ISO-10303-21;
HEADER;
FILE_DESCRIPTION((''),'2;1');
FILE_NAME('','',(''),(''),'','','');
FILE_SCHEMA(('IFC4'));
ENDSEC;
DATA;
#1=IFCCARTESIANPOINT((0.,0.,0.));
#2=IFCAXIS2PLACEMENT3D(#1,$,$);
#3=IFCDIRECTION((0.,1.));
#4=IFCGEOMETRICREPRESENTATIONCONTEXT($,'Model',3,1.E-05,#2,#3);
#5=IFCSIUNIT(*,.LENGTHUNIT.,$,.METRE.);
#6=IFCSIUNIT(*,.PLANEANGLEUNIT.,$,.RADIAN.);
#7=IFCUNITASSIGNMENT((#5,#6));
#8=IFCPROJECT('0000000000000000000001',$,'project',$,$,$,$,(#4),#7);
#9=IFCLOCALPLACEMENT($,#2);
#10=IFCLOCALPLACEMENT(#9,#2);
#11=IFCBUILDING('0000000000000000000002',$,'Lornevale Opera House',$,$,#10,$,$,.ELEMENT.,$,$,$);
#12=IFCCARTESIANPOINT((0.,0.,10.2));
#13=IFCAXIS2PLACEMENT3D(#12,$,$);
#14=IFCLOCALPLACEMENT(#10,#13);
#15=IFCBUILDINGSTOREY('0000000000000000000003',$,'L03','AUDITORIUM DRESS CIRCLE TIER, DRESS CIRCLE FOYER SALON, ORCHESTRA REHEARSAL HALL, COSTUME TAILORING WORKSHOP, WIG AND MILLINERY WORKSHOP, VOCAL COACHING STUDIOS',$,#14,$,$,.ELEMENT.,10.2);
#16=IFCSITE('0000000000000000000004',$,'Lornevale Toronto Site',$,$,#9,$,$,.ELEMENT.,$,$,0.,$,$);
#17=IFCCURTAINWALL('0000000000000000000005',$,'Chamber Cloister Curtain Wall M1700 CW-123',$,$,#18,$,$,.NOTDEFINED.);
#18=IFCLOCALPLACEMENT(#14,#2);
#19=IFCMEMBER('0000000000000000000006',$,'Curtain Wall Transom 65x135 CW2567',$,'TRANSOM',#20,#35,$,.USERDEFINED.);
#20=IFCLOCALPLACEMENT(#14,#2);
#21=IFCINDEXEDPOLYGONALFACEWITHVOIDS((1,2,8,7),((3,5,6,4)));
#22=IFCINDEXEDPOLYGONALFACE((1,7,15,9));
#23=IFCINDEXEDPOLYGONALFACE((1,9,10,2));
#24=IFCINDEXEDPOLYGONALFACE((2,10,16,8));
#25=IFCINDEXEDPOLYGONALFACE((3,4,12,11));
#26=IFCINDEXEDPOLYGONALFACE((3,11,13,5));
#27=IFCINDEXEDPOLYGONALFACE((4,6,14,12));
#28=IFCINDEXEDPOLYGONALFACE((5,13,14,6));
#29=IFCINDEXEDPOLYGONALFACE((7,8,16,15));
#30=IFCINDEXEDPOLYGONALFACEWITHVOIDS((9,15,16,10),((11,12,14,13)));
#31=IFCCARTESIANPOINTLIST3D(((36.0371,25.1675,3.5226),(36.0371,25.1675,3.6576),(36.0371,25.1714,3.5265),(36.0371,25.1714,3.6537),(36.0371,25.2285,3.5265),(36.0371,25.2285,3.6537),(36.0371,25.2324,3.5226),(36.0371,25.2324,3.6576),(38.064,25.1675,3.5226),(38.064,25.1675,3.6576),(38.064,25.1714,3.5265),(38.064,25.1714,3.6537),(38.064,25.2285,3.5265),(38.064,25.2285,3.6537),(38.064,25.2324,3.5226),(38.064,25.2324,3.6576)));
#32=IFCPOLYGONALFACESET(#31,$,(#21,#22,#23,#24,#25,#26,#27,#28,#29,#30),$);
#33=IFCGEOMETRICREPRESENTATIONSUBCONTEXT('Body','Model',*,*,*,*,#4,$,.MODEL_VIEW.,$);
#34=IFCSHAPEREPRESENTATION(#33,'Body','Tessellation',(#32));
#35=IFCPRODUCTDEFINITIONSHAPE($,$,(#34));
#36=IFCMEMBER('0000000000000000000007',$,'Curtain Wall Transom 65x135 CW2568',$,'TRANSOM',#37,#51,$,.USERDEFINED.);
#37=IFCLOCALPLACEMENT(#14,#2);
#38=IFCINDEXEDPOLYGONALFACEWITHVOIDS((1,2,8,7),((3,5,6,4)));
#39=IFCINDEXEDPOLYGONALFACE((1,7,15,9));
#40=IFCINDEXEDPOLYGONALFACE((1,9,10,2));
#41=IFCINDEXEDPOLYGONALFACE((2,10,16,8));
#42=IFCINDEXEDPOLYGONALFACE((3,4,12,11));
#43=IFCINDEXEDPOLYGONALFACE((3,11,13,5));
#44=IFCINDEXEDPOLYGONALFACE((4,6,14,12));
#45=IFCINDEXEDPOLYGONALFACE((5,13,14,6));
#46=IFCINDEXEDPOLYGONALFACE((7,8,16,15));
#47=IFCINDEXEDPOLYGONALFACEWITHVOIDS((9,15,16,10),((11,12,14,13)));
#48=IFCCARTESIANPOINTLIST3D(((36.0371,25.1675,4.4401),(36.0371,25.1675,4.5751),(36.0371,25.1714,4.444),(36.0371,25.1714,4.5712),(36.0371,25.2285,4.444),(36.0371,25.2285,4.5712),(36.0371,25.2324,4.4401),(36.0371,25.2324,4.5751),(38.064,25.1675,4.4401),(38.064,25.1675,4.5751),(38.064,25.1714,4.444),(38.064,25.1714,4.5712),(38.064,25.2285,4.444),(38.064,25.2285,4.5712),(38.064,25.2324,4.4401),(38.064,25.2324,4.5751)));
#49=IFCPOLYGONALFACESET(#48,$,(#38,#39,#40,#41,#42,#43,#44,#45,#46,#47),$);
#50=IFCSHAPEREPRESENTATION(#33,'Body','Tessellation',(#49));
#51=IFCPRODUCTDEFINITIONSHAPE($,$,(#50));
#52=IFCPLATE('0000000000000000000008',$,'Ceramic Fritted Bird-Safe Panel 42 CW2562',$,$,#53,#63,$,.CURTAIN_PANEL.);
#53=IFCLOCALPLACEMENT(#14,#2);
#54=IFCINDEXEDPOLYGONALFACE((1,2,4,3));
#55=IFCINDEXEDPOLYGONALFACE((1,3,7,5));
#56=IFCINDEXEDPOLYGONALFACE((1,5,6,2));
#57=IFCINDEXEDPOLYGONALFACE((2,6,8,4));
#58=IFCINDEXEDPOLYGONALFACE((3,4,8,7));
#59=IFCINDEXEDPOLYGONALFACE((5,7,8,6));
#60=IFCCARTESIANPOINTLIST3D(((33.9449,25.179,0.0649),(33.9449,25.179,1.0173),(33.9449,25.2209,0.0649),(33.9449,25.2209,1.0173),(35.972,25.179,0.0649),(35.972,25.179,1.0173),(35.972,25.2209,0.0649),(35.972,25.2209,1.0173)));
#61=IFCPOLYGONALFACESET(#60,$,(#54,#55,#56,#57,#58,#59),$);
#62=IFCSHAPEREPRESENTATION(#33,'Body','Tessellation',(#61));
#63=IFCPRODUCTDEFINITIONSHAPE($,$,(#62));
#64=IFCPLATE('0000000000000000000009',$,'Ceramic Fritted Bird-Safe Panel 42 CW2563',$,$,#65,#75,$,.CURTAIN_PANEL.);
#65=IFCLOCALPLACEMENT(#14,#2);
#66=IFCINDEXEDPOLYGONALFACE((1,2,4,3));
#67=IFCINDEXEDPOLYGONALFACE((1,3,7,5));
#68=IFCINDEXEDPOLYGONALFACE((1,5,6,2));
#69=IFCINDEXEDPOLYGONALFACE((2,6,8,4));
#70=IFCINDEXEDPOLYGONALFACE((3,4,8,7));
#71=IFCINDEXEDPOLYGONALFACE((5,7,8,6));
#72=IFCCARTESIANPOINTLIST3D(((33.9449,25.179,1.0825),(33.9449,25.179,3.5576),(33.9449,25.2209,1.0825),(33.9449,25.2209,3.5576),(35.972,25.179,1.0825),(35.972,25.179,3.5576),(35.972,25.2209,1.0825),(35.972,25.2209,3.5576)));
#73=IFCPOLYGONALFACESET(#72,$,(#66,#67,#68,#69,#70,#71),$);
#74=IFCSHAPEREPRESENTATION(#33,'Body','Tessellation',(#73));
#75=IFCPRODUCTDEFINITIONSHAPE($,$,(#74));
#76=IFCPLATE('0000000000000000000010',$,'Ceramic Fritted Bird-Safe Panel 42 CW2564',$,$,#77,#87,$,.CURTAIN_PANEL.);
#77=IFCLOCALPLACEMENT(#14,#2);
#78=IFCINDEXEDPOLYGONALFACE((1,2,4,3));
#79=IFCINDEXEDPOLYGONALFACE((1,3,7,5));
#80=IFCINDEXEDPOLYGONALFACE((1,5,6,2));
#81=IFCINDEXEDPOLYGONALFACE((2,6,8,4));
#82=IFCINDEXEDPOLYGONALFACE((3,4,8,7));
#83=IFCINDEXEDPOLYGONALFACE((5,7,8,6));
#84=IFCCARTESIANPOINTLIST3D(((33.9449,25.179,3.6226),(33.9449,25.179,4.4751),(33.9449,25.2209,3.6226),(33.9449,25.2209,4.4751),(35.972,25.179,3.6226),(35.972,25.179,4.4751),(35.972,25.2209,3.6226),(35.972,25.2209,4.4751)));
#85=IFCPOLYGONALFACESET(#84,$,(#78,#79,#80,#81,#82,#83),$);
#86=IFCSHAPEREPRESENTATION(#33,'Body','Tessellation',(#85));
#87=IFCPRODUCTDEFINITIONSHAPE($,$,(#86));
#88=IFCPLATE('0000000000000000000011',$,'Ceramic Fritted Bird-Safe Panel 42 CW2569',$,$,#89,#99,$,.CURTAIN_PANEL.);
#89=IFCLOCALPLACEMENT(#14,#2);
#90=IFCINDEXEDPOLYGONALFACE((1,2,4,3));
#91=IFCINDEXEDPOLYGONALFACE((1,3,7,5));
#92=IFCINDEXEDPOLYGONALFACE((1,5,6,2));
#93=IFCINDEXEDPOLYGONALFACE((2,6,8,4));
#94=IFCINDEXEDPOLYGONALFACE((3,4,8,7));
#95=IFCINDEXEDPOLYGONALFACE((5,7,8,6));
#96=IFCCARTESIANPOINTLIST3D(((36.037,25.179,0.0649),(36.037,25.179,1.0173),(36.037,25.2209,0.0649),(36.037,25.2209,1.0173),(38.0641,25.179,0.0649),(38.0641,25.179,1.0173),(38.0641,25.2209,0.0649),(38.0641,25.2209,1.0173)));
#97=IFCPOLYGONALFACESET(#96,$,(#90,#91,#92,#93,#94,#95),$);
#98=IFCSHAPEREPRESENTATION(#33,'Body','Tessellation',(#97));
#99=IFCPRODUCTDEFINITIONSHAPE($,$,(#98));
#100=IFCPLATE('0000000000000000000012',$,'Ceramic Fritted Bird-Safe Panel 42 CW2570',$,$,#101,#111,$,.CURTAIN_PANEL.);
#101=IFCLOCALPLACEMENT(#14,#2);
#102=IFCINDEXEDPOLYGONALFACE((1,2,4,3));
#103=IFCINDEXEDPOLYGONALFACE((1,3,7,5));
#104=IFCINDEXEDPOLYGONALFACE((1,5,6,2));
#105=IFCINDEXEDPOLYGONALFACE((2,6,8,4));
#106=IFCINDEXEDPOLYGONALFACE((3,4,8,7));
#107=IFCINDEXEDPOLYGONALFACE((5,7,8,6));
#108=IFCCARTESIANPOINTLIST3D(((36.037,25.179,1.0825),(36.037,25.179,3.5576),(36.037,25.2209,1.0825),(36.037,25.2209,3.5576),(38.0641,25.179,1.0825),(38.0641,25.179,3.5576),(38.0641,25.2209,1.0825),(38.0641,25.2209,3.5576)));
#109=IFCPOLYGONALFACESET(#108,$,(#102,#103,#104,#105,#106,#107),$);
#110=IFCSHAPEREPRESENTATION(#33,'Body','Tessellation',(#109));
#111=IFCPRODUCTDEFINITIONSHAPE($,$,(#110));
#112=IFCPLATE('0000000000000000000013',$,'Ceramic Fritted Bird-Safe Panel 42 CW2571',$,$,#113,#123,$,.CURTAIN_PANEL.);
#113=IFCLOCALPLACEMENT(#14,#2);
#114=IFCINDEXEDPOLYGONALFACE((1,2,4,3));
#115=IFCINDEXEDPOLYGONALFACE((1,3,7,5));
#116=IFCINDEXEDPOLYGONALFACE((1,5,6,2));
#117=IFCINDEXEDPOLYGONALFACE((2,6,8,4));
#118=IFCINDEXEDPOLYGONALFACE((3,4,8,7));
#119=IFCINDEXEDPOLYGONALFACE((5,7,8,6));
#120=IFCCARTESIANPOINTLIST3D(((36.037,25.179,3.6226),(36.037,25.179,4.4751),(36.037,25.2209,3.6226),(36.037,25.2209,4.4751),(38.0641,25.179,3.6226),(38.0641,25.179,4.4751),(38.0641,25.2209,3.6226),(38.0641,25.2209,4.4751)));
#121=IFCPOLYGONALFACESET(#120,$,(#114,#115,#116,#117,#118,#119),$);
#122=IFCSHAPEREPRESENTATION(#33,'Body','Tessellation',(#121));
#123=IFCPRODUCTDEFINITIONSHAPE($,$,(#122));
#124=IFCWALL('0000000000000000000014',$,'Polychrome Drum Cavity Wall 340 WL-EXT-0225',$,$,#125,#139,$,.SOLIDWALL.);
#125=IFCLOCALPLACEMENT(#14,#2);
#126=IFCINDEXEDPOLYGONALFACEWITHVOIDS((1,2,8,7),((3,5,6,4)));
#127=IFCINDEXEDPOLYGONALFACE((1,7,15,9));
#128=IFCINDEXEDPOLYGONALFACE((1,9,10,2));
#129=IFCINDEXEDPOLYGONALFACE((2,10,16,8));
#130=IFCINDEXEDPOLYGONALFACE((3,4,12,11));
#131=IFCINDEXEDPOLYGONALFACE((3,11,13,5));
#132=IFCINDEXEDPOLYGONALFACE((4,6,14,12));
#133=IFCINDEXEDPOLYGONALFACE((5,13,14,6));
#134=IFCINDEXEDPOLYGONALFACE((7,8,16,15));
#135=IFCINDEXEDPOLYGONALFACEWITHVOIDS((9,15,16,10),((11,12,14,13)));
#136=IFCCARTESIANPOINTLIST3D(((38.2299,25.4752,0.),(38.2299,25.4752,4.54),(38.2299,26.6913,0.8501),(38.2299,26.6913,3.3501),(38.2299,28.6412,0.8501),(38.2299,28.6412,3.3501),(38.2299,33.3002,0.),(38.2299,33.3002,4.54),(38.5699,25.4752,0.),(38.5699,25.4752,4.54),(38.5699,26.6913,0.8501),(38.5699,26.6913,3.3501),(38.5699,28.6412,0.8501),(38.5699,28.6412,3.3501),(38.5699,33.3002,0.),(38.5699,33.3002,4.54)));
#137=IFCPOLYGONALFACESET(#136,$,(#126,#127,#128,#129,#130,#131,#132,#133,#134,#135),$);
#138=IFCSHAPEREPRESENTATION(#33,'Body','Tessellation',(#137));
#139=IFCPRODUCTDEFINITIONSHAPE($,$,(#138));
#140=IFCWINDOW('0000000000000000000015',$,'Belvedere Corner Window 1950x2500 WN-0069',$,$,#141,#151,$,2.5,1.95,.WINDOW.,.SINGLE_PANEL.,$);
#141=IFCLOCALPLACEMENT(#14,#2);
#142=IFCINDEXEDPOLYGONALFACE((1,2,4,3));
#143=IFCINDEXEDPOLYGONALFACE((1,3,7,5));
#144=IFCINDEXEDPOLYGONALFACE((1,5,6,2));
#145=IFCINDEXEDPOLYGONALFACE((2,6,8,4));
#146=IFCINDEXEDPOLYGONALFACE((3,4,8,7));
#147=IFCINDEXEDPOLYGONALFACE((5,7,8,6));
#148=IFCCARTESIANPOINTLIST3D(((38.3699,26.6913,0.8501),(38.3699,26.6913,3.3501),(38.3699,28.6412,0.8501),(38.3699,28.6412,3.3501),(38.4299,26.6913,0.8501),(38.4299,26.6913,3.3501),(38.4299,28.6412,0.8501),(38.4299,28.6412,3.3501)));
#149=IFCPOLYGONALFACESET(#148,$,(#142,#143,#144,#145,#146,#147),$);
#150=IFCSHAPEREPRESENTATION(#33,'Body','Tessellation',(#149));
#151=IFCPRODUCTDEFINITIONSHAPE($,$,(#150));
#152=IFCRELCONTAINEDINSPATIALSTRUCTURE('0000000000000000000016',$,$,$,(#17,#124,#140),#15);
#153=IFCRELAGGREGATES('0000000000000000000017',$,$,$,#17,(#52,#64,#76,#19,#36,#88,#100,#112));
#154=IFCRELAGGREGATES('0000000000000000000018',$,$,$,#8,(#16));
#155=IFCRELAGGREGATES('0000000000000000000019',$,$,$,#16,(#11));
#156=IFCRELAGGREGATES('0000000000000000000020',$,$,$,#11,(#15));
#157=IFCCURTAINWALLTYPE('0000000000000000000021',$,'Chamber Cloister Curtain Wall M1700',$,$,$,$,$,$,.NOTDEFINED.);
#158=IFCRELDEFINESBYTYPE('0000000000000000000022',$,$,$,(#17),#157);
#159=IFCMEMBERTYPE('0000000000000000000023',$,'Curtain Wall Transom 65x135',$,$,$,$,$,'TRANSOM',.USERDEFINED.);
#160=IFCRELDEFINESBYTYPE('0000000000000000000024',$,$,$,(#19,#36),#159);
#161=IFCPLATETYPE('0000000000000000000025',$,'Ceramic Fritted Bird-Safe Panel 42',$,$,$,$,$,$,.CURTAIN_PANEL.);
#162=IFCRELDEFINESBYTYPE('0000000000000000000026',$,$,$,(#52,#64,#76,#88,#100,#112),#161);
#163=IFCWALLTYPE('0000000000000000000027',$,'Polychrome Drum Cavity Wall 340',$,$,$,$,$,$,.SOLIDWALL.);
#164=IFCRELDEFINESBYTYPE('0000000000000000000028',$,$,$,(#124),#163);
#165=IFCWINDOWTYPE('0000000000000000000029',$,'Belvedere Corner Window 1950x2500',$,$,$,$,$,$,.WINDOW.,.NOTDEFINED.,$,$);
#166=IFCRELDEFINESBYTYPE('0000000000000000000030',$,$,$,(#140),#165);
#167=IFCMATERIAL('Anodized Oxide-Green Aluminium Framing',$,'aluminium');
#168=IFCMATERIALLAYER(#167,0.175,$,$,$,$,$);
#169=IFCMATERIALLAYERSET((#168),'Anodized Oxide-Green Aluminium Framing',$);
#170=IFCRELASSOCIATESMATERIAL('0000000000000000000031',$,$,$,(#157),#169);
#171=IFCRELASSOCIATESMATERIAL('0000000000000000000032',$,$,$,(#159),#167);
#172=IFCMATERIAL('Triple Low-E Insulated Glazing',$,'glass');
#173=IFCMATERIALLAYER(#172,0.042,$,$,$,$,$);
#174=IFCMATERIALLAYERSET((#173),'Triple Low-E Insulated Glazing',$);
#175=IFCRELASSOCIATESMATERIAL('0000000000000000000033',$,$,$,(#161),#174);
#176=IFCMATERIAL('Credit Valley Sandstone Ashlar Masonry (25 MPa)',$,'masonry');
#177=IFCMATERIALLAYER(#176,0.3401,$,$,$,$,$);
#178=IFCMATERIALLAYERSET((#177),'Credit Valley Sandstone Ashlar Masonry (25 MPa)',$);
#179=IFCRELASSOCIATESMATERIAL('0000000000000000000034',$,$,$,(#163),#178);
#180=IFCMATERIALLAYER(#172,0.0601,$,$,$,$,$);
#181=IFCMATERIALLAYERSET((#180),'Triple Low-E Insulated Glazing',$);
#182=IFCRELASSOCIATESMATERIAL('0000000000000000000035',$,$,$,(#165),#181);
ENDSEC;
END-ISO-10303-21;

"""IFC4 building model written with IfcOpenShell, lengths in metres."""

from ifc_helpers import new_model, si_unit, direction, frame, frame_2d, origin, origin_2d, place, context, subcontext, project, spatial, rectangle, hollow_rectangle, extrude, material, layer, layer_set, material_profile, profile_set, type_object, element, fill, aggregate, save


model = new_model("IFC4")

# Units and contexts
model_context = context("Model", 3, precision=1e-05, world=origin(), true_north=direction((0.0, 1.0)))
body_context = subcontext(model_context, "Body", "Model", "MODEL_VIEW")
ifc_project = project(units=[si_unit("LENGTHUNIT", "METRE"), si_unit("PLANEANGLEUNIT", "RADIAN")], contexts=[model_context])

# Site, building, storey
site_placement = place(None, origin())
site = spatial("IfcSite", under=ifc_project, at=site_placement, Name="Lornevale Toronto Site", CompositionType="ELEMENT", RefElevation=0.0)
building_placement = place(site_placement, origin())
building = spatial("IfcBuilding", under=site, at=building_placement, Name="Lornevale Opera House", CompositionType="ELEMENT")
storey_placement = place(building_placement, frame((0.0, 0.0, 10.2)))
storey = spatial("IfcBuildingStorey", under=building, at=storey_placement, Name="L03", Description="AUDITORIUM DRESS CIRCLE TIER, DRESS CIRCLE FOYER SALON, ORCHESTRA REHEARSAL HALL, COSTUME TAILORING WORKSHOP, WIG AND MILLINERY WORKSHOP, VOCAL COACHING STUDIOS", CompositionType="ELEMENT", Elevation=10.2)

# Curtain wall, members, plates
ifc_material_1 = material(Name="Anodized Oxide-Green Aluminium Framing", Category="aluminium")
ifc_layer_1 = layer(ifc_material_1, 0.175)
ifc_layer_set_1 = layer_set([ifc_layer_1], Name="Anodized Oxide-Green Aluminium Framing")
curtain_wall_type = type_object("IfcCurtainWallType", Name="Chamber Cloister Curtain Wall M1700", PredefinedType="NOTDEFINED", material=ifc_layer_set_1)
curtain_wall_placement = place(storey_placement, origin())
curtain_wall = element("IfcCurtainWall", 1, at=curtain_wall_placement, inside=storey, type_object=curtain_wall_type, Name="Chamber Cloister Curtain Wall M1700 CW-123", PredefinedType="NOTDEFINED")
ifc_material_profile_1 = material_profile(ifc_material_1, hollow_rectangle(XDim=0.0649, YDim=0.135, WallThickness=0.0039, at=origin_2d()), Name="ALU65x135x4")
ifc_profile_set_1 = profile_set([ifc_material_profile_1], Name="Anodized Oxide-Green Aluminium Framing")
member_type_1 = type_object("IfcMemberType", Name="Curtain Wall Transom 65x135", ElementType="TRANSOM", PredefinedType="USERDEFINED", material=ifc_profile_set_1)
member_1_placement = place(storey_placement, frame((36.0371, 25.2, 3.5901), z_axis=(1.0, 0.0, 0.0), x_axis=(0.0, 1.0, 0.0)))
member_1 = element("IfcMember", 2, at=member_1_placement, type_object=member_type_1, Name="Curtain Wall Transom 65x135 CW2567", ObjectType="TRANSOM", PredefinedType="USERDEFINED", context=body_context, shape_type="SweptSolid", body=[
    extrude(hollow_rectangle(XDim=0.0649, YDim=0.135, WallThickness=0.0039, at=origin_2d()), origin(), (0.0, 0.0, 1.0), 2.0269),
])
member_2_placement = place(storey_placement, frame((36.0371, 25.2, 4.5076), z_axis=(1.0, 0.0, 0.0), x_axis=(0.0, 1.0, 0.0)))
member_2 = element("IfcMember", 3, at=member_2_placement, type_object=member_type_1, Name="Curtain Wall Transom 65x135 CW2568", ObjectType="TRANSOM", PredefinedType="USERDEFINED", context=body_context, shape_type="SweptSolid", body=[
    extrude(hollow_rectangle(XDim=0.0649, YDim=0.135, WallThickness=0.0039, at=origin_2d()), origin(), (0.0, 0.0, 1.0), 2.0269),
])
ifc_material_2 = material(Name="Triple Low-E Insulated Glazing", Category="glass")
ifc_layer_2 = layer(ifc_material_2, 0.042)
ifc_layer_set_2 = layer_set([ifc_layer_2], Name="Triple Low-E Insulated Glazing")
plate_type = type_object("IfcPlateType", Name="Ceramic Fritted Bird-Safe Panel 42", PredefinedType="CURTAIN_PANEL", material=ifc_layer_set_2)
plate_1_placement = place(storey_placement, frame((34.9585, 25.2, 0.0649), z_axis=(0.0, 0.0, 1.0), x_axis=(1.0, 0.0, 0.0)))
plate_1 = element("IfcPlate", 4, at=plate_1_placement, type_object=plate_type, Name="Ceramic Fritted Bird-Safe Panel 42 CW2562", PredefinedType="CURTAIN_PANEL", context=body_context, shape_type="SweptSolid", body=[
    extrude(rectangle(XDim=2.0271, YDim=0.042, at=origin_2d()), origin(), (0.0, 0.0, 1.0), 0.9524),
])
plate_2_placement = place(storey_placement, frame((34.9585, 25.2, 1.0825), z_axis=(0.0, 0.0, 1.0), x_axis=(1.0, 0.0, 0.0)))
plate_2 = element("IfcPlate", 5, at=plate_2_placement, type_object=plate_type, Name="Ceramic Fritted Bird-Safe Panel 42 CW2563", PredefinedType="CURTAIN_PANEL", context=body_context, shape_type="SweptSolid", body=[
    extrude(rectangle(XDim=2.0271, YDim=0.042, at=origin_2d()), origin(), (0.0, 0.0, 1.0), 2.4751),
])
plate_3_placement = place(storey_placement, frame((34.9585, 25.2, 3.6226), z_axis=(0.0, 0.0, 1.0), x_axis=(1.0, 0.0, 0.0)))
plate_3 = element("IfcPlate", 6, at=plate_3_placement, type_object=plate_type, Name="Ceramic Fritted Bird-Safe Panel 42 CW2564", PredefinedType="CURTAIN_PANEL", context=body_context, shape_type="SweptSolid", body=[
    extrude(rectangle(XDim=2.0271, YDim=0.042, at=origin_2d()), origin(), (0.0, 0.0, 1.0), 0.8525),
])
plate_4_placement = place(storey_placement, frame((37.0505, 25.2, 0.0649), z_axis=(0.0, 0.0, 1.0), x_axis=(1.0, 0.0, 0.0)))
plate_4 = element("IfcPlate", 7, at=plate_4_placement, type_object=plate_type, Name="Ceramic Fritted Bird-Safe Panel 42 CW2569", PredefinedType="CURTAIN_PANEL", context=body_context, shape_type="SweptSolid", body=[
    extrude(rectangle(XDim=2.0271, YDim=0.042, at=origin_2d()), origin(), (0.0, 0.0, 1.0), 0.9524),
])
plate_5_placement = place(storey_placement, frame((37.0505, 25.2, 1.0825), z_axis=(0.0, 0.0, 1.0), x_axis=(1.0, 0.0, 0.0)))
plate_5 = element("IfcPlate", 8, at=plate_5_placement, type_object=plate_type, Name="Ceramic Fritted Bird-Safe Panel 42 CW2570", PredefinedType="CURTAIN_PANEL", context=body_context, shape_type="SweptSolid", body=[
    extrude(rectangle(XDim=2.0271, YDim=0.042, at=origin_2d()), origin(), (0.0, 0.0, 1.0), 2.4751),
])
plate_6_placement = place(storey_placement, frame((37.0505, 25.2, 3.6226), z_axis=(0.0, 0.0, 1.0), x_axis=(1.0, 0.0, 0.0)))
plate_6 = element("IfcPlate", 9, at=plate_6_placement, type_object=plate_type, Name="Ceramic Fritted Bird-Safe Panel 42 CW2571", PredefinedType="CURTAIN_PANEL", context=body_context, shape_type="SweptSolid", body=[
    extrude(rectangle(XDim=2.0271, YDim=0.042, at=origin_2d()), origin(), (0.0, 0.0, 1.0), 0.8525),
])
aggregate(curtain_wall, [plate_1, plate_2, plate_3, member_1, member_2, plate_4, plate_5, plate_6])

# Wall, opening, window
ifc_material_3 = material(Name="Credit Valley Sandstone Ashlar Masonry (25 MPa)", Category="masonry")
ifc_layer_3 = layer(ifc_material_3, 0.3401)
ifc_layer_set_3 = layer_set([ifc_layer_3], Name="Credit Valley Sandstone Ashlar Masonry (25 MPa)")
wall_type = type_object("IfcWallType", Name="Polychrome Drum Cavity Wall 340", PredefinedType="SOLIDWALL", material=ifc_layer_set_3)
wall_placement = place(storey_placement, frame((38.3999, 25.4751, 0.0), z_axis=(0.0, 0.0, 1.0), x_axis=(0.0, 1.0, 0.0)))
wall = element("IfcWall", 10, at=wall_placement, inside=storey, type_object=wall_type, Name="Polychrome Drum Cavity Wall 340 WL-EXT-0225", PredefinedType="SOLIDWALL", context=body_context, shape_type="SweptSolid", body=[
    extrude(rectangle(XDim=7.825, YDim=0.3401, at=frame_2d((3.9126, 0.0))), origin(), (0.0, 0.0, 1.0), 4.54),
])
opening_placement = place(wall_placement, frame((1.2161, 0.0, 0.8501)))
opening = element("IfcOpeningElement", 11, at=opening_placement, cuts=wall, PredefinedType="OPENING", context=body_context, shape_type="SweptSolid", body=[
    extrude(rectangle(XDim=1.95, YDim=2.5, at=frame_2d((0.9751, 1.25))), frame((0.0, 0.1799, 0.0), z_axis=(0.0, -1.0, 0.0), x_axis=(1.0, 0.0, 0.0)), (0.0, 0.0, 1.0), 0.3601),
])
ifc_layer_4 = layer(ifc_material_2, 0.0601)
ifc_layer_set_4 = layer_set([ifc_layer_4], Name="Triple Low-E Insulated Glazing")
window_type = type_object("IfcWindowType", Name="Belvedere Corner Window 1950x2500", PartitioningType="NOTDEFINED", PredefinedType="WINDOW", material=ifc_layer_set_4)
window_placement = place(opening_placement, origin())
window = element("IfcWindow", 12, at=window_placement, inside=storey, type_object=window_type, Name="Belvedere Corner Window 1950x2500 WN-0069", OverallHeight=2.5, OverallWidth=1.95, PartitioningType="SINGLE_PANEL", PredefinedType="WINDOW", context=body_context, shape_type="SweptSolid", body=[
    extrude(rectangle(XDim=1.95, YDim=2.5, at=frame_2d((0.9751, 1.25))), frame((0.0, 0.03, 0.0), z_axis=(0.0, -1.0, 0.0), x_axis=(1.0, 0.0, 0.0)), (0.0, 0.0, 1.0), 0.0601),
])
fill(opening, window)

save(model, "model.ifc")
